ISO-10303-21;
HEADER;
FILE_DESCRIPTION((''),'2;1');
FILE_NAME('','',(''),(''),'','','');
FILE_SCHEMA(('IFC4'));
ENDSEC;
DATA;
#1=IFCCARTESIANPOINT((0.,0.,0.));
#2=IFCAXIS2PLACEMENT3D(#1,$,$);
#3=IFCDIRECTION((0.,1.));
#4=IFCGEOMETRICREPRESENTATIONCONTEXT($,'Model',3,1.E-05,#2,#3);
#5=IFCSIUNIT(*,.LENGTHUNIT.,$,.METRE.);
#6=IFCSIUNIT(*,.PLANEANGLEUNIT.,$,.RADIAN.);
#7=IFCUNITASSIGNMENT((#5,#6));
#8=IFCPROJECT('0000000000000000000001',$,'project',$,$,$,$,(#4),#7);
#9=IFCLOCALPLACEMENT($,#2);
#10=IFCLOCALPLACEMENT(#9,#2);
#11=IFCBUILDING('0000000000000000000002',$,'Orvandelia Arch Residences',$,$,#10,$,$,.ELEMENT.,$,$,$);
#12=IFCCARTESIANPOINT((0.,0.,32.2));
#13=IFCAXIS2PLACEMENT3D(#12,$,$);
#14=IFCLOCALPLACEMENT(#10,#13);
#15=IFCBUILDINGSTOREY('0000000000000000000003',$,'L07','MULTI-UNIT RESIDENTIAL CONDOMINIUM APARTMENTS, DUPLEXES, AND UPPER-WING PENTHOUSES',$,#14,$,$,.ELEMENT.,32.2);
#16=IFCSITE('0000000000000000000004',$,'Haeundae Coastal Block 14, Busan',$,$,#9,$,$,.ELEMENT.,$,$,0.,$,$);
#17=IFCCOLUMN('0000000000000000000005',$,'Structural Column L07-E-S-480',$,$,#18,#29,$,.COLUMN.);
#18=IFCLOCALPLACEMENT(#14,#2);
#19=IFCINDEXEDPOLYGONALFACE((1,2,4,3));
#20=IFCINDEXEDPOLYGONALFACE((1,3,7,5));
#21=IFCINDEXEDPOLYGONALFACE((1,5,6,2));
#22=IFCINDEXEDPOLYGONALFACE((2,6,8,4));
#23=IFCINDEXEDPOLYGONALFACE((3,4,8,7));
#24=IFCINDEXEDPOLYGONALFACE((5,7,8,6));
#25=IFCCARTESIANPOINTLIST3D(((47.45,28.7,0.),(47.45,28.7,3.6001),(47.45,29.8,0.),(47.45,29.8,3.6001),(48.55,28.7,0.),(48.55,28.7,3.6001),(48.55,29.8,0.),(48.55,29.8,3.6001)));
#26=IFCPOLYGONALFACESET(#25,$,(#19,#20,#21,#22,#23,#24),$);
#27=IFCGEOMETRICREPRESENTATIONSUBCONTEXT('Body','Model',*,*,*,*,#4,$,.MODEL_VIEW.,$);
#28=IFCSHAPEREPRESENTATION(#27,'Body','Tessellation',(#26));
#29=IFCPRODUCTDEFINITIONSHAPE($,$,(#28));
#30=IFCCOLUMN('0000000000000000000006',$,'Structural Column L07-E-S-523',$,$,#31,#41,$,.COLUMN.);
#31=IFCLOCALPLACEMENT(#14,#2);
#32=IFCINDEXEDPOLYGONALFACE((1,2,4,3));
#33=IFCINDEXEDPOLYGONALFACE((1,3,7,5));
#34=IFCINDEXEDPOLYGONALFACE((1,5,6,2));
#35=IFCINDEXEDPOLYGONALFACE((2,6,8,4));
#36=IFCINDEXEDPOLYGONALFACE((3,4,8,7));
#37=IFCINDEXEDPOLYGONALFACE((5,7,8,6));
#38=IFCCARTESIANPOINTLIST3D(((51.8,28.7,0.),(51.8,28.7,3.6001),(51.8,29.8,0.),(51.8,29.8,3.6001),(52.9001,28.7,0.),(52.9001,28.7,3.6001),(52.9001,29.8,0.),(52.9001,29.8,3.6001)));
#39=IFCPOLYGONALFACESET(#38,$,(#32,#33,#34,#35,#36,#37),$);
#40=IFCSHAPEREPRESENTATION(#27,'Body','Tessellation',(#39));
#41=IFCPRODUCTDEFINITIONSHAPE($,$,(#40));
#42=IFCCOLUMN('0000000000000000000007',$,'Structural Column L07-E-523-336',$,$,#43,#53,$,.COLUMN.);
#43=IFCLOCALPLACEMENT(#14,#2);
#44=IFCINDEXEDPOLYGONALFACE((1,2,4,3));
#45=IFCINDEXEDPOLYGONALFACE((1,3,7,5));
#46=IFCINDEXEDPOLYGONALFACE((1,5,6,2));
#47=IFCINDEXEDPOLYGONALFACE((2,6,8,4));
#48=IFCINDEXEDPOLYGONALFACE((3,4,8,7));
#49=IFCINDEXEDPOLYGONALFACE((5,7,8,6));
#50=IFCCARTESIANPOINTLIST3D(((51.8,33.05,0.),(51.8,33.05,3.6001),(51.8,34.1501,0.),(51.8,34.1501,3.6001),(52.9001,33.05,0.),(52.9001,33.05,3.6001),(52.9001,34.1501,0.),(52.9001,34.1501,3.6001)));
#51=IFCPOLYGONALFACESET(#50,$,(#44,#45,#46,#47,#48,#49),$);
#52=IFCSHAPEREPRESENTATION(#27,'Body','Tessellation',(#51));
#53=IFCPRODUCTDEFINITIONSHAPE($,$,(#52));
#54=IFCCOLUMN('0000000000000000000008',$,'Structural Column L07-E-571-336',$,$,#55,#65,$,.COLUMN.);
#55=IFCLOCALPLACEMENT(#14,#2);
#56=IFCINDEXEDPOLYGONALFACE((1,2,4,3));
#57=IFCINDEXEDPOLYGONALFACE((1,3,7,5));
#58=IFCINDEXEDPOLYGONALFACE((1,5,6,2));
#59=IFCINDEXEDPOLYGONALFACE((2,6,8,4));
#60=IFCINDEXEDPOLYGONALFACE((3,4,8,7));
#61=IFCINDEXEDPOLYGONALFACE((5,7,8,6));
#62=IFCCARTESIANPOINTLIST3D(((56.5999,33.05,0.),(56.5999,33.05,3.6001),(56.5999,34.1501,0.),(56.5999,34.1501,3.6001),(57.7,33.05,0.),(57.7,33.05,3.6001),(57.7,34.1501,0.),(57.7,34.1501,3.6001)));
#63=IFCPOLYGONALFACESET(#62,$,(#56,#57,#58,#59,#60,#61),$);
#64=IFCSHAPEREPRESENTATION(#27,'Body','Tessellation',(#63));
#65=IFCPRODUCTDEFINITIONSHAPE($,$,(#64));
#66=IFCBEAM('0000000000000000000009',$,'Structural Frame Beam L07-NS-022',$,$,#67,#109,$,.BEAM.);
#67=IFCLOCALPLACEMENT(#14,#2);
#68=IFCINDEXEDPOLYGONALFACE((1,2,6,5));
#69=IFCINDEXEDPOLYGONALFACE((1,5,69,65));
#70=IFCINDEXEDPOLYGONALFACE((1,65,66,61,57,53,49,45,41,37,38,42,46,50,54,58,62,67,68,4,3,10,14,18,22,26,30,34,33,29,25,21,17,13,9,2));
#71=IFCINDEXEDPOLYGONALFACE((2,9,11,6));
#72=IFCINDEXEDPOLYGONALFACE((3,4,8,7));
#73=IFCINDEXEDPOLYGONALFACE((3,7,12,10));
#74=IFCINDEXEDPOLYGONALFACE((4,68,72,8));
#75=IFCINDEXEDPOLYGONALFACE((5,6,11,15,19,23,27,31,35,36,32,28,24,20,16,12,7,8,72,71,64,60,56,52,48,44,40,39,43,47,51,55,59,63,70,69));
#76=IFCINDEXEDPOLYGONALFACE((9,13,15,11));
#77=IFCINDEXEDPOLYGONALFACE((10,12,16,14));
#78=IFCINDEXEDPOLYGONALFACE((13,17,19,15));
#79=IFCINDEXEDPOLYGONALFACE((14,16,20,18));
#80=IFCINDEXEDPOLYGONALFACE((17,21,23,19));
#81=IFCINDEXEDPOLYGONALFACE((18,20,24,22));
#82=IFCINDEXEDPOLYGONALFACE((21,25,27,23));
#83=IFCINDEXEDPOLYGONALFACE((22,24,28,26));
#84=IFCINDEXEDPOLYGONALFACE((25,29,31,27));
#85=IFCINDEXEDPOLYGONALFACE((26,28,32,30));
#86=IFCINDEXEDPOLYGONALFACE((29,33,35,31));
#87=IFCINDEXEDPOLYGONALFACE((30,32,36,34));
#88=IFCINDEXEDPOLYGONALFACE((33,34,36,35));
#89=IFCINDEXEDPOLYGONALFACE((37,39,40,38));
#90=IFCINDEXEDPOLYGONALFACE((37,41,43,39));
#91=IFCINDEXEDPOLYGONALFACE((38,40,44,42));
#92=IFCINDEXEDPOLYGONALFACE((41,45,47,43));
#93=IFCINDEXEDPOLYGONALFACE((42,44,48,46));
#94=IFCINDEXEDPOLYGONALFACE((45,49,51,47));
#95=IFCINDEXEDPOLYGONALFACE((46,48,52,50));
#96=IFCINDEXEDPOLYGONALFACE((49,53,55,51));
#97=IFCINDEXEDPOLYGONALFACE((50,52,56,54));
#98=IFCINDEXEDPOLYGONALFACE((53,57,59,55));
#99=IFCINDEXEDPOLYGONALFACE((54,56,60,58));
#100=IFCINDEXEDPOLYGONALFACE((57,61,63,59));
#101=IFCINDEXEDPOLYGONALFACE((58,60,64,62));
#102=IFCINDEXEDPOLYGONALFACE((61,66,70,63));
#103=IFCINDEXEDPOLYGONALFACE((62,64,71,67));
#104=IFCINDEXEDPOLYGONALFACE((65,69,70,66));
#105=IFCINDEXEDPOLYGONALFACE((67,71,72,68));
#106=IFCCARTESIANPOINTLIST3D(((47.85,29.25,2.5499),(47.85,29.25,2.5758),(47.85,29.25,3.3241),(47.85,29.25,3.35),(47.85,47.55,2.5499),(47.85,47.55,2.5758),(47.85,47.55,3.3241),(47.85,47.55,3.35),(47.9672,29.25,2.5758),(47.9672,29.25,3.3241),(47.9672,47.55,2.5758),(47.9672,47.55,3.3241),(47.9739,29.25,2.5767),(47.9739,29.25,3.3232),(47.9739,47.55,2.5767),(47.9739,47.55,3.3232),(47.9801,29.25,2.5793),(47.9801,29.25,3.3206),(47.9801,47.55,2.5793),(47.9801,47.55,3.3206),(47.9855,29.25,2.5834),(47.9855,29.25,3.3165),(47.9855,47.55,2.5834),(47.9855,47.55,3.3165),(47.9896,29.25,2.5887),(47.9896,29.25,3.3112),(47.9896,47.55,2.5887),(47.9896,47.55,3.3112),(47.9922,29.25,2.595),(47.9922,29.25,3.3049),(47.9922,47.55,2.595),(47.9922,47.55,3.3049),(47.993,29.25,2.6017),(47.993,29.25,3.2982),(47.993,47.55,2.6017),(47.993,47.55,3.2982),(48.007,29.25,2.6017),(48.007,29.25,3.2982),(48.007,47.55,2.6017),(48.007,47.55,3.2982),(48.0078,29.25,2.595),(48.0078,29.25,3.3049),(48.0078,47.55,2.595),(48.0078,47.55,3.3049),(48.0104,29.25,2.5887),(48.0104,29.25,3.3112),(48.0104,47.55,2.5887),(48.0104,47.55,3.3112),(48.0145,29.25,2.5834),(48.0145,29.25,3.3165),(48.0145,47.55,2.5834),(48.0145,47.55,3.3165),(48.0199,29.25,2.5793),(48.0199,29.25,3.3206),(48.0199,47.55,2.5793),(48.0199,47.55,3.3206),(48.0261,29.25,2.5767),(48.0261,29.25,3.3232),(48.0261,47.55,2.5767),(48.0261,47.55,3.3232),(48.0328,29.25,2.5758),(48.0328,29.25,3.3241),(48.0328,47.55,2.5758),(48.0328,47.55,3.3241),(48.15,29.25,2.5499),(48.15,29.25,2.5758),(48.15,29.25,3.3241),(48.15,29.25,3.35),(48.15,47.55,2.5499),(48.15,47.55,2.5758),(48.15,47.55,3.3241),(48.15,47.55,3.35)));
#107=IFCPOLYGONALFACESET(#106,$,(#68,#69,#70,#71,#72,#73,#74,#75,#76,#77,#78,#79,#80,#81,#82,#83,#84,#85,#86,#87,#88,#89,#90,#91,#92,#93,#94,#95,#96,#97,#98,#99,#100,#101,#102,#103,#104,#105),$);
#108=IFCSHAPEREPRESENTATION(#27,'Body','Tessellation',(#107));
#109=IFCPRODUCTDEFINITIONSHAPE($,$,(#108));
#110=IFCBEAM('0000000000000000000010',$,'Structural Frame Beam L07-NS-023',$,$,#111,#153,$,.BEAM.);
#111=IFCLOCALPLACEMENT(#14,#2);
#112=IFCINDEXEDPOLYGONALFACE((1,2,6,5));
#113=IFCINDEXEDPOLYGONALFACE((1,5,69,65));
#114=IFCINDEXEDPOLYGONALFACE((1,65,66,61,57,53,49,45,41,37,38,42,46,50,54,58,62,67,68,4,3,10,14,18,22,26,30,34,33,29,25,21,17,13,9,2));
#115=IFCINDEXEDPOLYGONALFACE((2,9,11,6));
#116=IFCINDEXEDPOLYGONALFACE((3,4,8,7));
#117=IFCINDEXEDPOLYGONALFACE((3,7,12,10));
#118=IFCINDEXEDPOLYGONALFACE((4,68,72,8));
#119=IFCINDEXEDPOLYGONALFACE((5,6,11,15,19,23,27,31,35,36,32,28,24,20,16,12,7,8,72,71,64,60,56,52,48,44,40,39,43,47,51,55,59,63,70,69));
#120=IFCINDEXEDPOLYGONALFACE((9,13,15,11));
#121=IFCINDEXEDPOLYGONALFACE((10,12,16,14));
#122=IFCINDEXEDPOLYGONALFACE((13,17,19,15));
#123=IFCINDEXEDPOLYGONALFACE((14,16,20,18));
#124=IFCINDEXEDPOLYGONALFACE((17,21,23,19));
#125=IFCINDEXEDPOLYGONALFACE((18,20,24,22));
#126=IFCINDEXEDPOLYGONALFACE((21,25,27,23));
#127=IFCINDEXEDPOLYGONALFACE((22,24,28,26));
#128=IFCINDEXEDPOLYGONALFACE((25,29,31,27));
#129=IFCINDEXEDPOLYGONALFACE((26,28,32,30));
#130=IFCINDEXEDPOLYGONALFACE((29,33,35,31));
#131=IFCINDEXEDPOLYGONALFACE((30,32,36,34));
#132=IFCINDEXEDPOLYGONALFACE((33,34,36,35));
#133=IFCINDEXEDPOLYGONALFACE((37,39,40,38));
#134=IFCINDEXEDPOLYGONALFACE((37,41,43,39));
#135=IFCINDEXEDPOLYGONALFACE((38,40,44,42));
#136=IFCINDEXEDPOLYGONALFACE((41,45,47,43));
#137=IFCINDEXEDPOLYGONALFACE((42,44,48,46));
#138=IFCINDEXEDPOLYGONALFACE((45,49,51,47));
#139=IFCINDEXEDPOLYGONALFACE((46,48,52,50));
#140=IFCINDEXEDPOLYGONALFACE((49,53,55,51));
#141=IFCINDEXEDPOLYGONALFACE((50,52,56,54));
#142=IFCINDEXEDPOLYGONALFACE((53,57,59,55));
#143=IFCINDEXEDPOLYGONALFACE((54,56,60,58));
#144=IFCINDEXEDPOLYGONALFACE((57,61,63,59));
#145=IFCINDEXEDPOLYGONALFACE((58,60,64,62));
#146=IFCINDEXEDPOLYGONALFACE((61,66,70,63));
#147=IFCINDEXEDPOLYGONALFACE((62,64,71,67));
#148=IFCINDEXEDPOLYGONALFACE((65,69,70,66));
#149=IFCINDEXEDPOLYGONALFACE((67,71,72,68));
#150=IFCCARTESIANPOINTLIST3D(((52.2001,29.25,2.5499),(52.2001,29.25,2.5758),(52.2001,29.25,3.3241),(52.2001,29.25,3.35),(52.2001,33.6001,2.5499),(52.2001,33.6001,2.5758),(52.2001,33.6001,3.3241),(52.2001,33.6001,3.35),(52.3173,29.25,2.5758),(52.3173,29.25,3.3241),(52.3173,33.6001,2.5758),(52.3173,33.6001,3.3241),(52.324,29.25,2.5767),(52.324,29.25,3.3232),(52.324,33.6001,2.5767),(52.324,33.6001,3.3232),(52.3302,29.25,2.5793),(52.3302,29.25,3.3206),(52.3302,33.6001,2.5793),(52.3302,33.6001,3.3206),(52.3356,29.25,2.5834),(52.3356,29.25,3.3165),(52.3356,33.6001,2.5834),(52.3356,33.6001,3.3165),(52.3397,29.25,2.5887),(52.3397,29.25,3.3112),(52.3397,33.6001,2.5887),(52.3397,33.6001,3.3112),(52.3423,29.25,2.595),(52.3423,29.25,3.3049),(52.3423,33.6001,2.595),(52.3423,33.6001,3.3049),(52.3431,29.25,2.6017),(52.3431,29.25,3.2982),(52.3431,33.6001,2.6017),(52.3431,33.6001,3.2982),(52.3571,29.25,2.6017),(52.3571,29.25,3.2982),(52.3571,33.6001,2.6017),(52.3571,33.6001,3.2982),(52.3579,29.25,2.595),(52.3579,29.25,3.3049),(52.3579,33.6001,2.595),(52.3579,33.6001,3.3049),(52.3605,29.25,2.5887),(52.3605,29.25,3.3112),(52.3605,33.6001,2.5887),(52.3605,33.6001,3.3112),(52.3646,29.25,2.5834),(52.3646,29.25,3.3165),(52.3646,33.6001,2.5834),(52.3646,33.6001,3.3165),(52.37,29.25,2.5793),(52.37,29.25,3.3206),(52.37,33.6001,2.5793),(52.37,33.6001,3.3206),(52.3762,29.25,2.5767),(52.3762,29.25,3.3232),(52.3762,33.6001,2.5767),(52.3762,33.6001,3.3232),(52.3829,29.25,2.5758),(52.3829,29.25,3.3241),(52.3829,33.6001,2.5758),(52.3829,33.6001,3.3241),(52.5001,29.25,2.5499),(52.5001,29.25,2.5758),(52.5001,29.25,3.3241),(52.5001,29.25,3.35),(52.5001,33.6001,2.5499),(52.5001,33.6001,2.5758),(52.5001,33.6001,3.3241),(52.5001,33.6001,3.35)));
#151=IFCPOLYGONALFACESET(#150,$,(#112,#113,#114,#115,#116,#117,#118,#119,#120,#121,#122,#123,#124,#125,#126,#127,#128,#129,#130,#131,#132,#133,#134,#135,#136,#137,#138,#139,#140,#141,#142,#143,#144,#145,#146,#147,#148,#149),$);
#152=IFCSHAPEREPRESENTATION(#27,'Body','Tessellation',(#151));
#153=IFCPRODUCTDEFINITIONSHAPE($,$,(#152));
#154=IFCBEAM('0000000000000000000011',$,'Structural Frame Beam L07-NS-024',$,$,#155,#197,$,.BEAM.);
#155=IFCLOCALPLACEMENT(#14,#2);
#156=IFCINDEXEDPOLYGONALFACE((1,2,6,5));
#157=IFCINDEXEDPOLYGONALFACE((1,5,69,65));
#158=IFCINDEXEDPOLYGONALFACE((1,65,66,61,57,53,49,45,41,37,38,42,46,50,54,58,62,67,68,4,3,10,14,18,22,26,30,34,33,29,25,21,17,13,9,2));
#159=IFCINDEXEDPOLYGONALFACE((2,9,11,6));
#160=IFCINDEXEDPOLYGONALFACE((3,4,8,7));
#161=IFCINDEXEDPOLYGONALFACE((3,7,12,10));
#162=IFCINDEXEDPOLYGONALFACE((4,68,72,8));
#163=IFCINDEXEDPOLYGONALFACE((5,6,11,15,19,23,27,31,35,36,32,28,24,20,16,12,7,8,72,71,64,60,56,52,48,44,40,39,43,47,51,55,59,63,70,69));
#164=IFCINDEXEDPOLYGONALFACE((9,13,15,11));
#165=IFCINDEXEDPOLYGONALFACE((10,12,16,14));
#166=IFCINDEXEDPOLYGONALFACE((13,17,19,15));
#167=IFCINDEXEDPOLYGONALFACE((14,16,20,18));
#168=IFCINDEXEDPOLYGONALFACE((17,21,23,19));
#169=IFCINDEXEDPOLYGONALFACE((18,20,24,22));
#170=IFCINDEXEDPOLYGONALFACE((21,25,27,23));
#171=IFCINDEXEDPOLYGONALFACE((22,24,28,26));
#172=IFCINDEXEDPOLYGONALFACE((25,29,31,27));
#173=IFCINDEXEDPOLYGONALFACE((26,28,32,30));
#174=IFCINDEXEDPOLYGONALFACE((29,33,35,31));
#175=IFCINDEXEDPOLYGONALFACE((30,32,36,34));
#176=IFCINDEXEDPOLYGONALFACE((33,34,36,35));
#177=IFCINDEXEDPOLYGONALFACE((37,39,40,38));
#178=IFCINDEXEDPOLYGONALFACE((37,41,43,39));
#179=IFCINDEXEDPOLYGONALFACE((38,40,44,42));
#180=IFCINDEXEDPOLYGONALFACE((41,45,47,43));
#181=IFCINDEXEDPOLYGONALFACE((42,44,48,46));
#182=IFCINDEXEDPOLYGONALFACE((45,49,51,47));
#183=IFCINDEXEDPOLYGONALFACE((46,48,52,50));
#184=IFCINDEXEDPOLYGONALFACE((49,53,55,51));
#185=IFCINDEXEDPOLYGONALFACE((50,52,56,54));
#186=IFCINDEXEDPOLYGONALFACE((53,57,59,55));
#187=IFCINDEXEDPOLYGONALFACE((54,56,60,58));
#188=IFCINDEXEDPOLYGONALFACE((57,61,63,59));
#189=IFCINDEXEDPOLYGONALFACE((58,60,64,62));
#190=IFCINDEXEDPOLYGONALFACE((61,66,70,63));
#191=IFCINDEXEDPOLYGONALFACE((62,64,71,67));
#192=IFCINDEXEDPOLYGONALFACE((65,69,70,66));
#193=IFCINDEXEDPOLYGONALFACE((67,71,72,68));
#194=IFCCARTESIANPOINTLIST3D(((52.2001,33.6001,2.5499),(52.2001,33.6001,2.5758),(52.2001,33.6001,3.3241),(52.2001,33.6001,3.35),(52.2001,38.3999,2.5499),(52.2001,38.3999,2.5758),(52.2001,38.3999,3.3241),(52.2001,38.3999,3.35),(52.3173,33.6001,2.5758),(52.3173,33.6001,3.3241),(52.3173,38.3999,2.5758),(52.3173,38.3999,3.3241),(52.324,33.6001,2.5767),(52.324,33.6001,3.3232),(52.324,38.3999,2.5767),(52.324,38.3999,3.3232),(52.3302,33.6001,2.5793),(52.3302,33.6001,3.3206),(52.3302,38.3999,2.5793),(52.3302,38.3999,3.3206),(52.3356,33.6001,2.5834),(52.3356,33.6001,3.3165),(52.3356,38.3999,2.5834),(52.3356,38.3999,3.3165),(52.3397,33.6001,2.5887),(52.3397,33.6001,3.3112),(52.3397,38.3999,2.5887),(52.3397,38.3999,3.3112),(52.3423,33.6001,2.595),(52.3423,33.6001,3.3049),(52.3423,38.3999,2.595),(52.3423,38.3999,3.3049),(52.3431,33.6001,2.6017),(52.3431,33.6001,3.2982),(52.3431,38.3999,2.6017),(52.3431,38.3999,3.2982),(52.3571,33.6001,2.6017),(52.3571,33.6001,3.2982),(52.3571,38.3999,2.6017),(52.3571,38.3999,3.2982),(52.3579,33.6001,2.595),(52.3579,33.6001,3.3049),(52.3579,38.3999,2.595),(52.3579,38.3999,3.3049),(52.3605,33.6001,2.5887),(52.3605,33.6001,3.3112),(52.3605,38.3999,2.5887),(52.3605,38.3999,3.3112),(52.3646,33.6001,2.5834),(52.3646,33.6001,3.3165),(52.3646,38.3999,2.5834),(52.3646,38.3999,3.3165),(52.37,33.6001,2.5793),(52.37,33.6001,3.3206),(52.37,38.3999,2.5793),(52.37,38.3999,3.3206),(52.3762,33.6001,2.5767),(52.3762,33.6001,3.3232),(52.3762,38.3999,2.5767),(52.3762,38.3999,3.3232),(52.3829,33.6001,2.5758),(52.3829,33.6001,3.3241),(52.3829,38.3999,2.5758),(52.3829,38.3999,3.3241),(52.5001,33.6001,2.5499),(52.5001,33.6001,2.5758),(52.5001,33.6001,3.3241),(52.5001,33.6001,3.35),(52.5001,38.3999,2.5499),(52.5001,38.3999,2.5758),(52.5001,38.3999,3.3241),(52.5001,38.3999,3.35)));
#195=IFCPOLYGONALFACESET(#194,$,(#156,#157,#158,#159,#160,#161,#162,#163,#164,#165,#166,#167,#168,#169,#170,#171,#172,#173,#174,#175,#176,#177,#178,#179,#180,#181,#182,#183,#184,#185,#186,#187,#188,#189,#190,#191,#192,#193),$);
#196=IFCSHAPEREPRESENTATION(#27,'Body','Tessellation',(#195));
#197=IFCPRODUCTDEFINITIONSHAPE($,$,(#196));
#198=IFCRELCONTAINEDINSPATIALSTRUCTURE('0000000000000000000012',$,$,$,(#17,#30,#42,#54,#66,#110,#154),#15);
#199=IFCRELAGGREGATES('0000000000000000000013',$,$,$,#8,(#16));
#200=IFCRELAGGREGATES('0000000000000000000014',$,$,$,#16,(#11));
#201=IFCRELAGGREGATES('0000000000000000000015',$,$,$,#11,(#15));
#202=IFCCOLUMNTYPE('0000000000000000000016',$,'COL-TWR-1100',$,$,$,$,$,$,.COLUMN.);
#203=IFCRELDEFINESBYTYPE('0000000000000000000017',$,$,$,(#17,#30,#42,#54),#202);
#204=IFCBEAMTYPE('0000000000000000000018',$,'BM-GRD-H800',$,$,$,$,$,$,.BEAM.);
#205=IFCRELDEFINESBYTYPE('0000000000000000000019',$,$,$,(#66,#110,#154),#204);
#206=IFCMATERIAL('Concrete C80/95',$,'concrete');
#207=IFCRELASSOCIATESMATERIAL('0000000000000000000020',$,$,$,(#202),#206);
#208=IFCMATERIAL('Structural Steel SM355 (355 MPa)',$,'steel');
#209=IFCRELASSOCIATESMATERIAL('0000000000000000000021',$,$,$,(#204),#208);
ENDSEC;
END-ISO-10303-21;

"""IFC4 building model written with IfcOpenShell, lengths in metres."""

from ifc_helpers import new_model, si_unit, direction, frame, origin, origin_2d, place, context, subcontext, project, spatial, rectangle, i_section, extrude, material, material_profile, profile_set, type_object, element, save


model = new_model("IFC4")

# Units and contexts
model_context = context("Model", 3, precision=1e-05, world=origin(), true_north=direction((0.0, 1.0)))
body_context = subcontext(model_context, "Body", "Model", "MODEL_VIEW")
ifc_project = project(units=[si_unit("LENGTHUNIT", "METRE"), si_unit("PLANEANGLEUNIT", "RADIAN")], contexts=[model_context])

# Site, building, storey
site_placement = place(None, origin())
site = spatial("IfcSite", under=ifc_project, at=site_placement, Name="Haeundae Coastal Block 14, Busan", CompositionType="ELEMENT", RefElevation=0.0)
building_placement = place(site_placement, origin())
building = spatial("IfcBuilding", under=site, at=building_placement, Name="Orvandelia Arch Residences", CompositionType="ELEMENT")
storey_placement = place(building_placement, frame((0.0, 0.0, 32.2)))
storey = spatial("IfcBuildingStorey", under=building, at=storey_placement, Name="L07", Description="MULTI-UNIT RESIDENTIAL CONDOMINIUM APARTMENTS, DUPLEXES, AND UPPER-WING PENTHOUSES", CompositionType="ELEMENT", Elevation=32.2)

# Columns
ifc_material_1 = material(Name="Concrete C80/95", Category="concrete")
ifc_material_profile_1 = material_profile(ifc_material_1, rectangle(XDim=1.1001, YDim=1.1001, at=origin_2d()), Name="Concrete C80/95", Category="concrete")
ifc_profile_set_1 = profile_set([ifc_material_profile_1], Name="Concrete C80/95")
column_type = type_object("IfcColumnType", Name="COL-TWR-1100", PredefinedType="COLUMN", material=ifc_profile_set_1)
for number, where, z_axis, x_axis, name in (
    (1, (48.0, 29.25, 0.0), (0.0, 0.0, 1.0), (1.0, 0.0, 0.0), "Structural Column L07-E-S-480"),
    (2, (52.3501, 29.25, 0.0), (0.0, 0.0, 1.0), (1.0, 0.0, 0.0), "Structural Column L07-E-S-523"),
    (3, (52.3501, 33.6001, 0.0), (0.0, 0.0, 1.0), (1.0, 0.0, 0.0), "Structural Column L07-E-523-336"),
    (4, (57.1499, 33.6001, 0.0), (0.0, 0.0, 1.0), (1.0, 0.0, 0.0), "Structural Column L07-E-571-336"),
):
    element("IfcColumn", number, at=place(storey_placement, frame(where, z_axis=z_axis, x_axis=x_axis)), inside=storey, type_object=column_type, Name=name, PredefinedType="COLUMN", context=body_context, shape_type="SweptSolid", body=[
        extrude(rectangle(XDim=1.1001, YDim=1.1001, at=origin_2d()), origin(), (0.0, 0.0, 1.0), 3.6001),
    ])

# Beams
ifc_material_2 = material(Name="Structural Steel SM355 (355 MPa)", Category="steel")
ifc_material_profile_2 = material_profile(ifc_material_2, i_section(OverallWidth=0.3, OverallDepth=0.8, WebThickness=0.0139, FlangeThickness=0.0259, FilletRadius=0.0259, at=origin_2d()), Name="Structural Steel SM355 (355 MPa)", Category="steel")
ifc_profile_set_2 = profile_set([ifc_material_profile_2], Name="Structural Steel SM355 (355 MPa)")
beam_type = type_object("IfcBeamType", Name="BM-GRD-H800", PredefinedType="BEAM", material=ifc_profile_set_2)
beam_1_placement = place(storey_placement, frame((48.0, 29.25, 2.95), z_axis=(0.0, 1.0, 0.0), x_axis=(-1.0, 0.0, 0.0)))
element("IfcBeam", 5, at=beam_1_placement, inside=storey, type_object=beam_type, Name="Structural Frame Beam L07-NS-022", PredefinedType="BEAM", context=body_context, shape_type="SweptSolid", body=[
    extrude(i_section(OverallWidth=0.3, OverallDepth=0.8, WebThickness=0.0139, FlangeThickness=0.0259, FilletRadius=0.0259, at=origin_2d()), origin(), (0.0, 0.0, 1.0), 18.3),
])
beam_2_placement = place(storey_placement, frame((52.3501, 29.25, 2.95), z_axis=(0.0, 1.0, 0.0), x_axis=(-1.0, 0.0, 0.0)))
element("IfcBeam", 6, at=beam_2_placement, inside=storey, type_object=beam_type, Name="Structural Frame Beam L07-NS-023", PredefinedType="BEAM", context=body_context, shape_type="SweptSolid", body=[
    extrude(i_section(OverallWidth=0.3, OverallDepth=0.8, WebThickness=0.0139, FlangeThickness=0.0259, FilletRadius=0.0259, at=origin_2d()), origin(), (0.0, 0.0, 1.0), 4.3501),
])
for number, where, z_axis, x_axis, name in (
    (7, (52.3501, 33.6001, 2.95), (0.0, 1.0, 0.0), (-1.0, 0.0, 0.0), "Structural Frame Beam L07-NS-024"),
):
    element("IfcBeam", number, at=place(storey_placement, frame(where, z_axis=z_axis, x_axis=x_axis)), inside=storey, type_object=beam_type, Name=name, PredefinedType="BEAM", context=body_context, shape_type="SweptSolid", body=[
        extrude(i_section(OverallWidth=0.3, OverallDepth=0.8, WebThickness=0.0139, FlangeThickness=0.0259, FilletRadius=0.0259, at=origin_2d()), origin(), (0.0, 0.0, 1.0), 4.7998),
    ])

save(model, "model.ifc")
